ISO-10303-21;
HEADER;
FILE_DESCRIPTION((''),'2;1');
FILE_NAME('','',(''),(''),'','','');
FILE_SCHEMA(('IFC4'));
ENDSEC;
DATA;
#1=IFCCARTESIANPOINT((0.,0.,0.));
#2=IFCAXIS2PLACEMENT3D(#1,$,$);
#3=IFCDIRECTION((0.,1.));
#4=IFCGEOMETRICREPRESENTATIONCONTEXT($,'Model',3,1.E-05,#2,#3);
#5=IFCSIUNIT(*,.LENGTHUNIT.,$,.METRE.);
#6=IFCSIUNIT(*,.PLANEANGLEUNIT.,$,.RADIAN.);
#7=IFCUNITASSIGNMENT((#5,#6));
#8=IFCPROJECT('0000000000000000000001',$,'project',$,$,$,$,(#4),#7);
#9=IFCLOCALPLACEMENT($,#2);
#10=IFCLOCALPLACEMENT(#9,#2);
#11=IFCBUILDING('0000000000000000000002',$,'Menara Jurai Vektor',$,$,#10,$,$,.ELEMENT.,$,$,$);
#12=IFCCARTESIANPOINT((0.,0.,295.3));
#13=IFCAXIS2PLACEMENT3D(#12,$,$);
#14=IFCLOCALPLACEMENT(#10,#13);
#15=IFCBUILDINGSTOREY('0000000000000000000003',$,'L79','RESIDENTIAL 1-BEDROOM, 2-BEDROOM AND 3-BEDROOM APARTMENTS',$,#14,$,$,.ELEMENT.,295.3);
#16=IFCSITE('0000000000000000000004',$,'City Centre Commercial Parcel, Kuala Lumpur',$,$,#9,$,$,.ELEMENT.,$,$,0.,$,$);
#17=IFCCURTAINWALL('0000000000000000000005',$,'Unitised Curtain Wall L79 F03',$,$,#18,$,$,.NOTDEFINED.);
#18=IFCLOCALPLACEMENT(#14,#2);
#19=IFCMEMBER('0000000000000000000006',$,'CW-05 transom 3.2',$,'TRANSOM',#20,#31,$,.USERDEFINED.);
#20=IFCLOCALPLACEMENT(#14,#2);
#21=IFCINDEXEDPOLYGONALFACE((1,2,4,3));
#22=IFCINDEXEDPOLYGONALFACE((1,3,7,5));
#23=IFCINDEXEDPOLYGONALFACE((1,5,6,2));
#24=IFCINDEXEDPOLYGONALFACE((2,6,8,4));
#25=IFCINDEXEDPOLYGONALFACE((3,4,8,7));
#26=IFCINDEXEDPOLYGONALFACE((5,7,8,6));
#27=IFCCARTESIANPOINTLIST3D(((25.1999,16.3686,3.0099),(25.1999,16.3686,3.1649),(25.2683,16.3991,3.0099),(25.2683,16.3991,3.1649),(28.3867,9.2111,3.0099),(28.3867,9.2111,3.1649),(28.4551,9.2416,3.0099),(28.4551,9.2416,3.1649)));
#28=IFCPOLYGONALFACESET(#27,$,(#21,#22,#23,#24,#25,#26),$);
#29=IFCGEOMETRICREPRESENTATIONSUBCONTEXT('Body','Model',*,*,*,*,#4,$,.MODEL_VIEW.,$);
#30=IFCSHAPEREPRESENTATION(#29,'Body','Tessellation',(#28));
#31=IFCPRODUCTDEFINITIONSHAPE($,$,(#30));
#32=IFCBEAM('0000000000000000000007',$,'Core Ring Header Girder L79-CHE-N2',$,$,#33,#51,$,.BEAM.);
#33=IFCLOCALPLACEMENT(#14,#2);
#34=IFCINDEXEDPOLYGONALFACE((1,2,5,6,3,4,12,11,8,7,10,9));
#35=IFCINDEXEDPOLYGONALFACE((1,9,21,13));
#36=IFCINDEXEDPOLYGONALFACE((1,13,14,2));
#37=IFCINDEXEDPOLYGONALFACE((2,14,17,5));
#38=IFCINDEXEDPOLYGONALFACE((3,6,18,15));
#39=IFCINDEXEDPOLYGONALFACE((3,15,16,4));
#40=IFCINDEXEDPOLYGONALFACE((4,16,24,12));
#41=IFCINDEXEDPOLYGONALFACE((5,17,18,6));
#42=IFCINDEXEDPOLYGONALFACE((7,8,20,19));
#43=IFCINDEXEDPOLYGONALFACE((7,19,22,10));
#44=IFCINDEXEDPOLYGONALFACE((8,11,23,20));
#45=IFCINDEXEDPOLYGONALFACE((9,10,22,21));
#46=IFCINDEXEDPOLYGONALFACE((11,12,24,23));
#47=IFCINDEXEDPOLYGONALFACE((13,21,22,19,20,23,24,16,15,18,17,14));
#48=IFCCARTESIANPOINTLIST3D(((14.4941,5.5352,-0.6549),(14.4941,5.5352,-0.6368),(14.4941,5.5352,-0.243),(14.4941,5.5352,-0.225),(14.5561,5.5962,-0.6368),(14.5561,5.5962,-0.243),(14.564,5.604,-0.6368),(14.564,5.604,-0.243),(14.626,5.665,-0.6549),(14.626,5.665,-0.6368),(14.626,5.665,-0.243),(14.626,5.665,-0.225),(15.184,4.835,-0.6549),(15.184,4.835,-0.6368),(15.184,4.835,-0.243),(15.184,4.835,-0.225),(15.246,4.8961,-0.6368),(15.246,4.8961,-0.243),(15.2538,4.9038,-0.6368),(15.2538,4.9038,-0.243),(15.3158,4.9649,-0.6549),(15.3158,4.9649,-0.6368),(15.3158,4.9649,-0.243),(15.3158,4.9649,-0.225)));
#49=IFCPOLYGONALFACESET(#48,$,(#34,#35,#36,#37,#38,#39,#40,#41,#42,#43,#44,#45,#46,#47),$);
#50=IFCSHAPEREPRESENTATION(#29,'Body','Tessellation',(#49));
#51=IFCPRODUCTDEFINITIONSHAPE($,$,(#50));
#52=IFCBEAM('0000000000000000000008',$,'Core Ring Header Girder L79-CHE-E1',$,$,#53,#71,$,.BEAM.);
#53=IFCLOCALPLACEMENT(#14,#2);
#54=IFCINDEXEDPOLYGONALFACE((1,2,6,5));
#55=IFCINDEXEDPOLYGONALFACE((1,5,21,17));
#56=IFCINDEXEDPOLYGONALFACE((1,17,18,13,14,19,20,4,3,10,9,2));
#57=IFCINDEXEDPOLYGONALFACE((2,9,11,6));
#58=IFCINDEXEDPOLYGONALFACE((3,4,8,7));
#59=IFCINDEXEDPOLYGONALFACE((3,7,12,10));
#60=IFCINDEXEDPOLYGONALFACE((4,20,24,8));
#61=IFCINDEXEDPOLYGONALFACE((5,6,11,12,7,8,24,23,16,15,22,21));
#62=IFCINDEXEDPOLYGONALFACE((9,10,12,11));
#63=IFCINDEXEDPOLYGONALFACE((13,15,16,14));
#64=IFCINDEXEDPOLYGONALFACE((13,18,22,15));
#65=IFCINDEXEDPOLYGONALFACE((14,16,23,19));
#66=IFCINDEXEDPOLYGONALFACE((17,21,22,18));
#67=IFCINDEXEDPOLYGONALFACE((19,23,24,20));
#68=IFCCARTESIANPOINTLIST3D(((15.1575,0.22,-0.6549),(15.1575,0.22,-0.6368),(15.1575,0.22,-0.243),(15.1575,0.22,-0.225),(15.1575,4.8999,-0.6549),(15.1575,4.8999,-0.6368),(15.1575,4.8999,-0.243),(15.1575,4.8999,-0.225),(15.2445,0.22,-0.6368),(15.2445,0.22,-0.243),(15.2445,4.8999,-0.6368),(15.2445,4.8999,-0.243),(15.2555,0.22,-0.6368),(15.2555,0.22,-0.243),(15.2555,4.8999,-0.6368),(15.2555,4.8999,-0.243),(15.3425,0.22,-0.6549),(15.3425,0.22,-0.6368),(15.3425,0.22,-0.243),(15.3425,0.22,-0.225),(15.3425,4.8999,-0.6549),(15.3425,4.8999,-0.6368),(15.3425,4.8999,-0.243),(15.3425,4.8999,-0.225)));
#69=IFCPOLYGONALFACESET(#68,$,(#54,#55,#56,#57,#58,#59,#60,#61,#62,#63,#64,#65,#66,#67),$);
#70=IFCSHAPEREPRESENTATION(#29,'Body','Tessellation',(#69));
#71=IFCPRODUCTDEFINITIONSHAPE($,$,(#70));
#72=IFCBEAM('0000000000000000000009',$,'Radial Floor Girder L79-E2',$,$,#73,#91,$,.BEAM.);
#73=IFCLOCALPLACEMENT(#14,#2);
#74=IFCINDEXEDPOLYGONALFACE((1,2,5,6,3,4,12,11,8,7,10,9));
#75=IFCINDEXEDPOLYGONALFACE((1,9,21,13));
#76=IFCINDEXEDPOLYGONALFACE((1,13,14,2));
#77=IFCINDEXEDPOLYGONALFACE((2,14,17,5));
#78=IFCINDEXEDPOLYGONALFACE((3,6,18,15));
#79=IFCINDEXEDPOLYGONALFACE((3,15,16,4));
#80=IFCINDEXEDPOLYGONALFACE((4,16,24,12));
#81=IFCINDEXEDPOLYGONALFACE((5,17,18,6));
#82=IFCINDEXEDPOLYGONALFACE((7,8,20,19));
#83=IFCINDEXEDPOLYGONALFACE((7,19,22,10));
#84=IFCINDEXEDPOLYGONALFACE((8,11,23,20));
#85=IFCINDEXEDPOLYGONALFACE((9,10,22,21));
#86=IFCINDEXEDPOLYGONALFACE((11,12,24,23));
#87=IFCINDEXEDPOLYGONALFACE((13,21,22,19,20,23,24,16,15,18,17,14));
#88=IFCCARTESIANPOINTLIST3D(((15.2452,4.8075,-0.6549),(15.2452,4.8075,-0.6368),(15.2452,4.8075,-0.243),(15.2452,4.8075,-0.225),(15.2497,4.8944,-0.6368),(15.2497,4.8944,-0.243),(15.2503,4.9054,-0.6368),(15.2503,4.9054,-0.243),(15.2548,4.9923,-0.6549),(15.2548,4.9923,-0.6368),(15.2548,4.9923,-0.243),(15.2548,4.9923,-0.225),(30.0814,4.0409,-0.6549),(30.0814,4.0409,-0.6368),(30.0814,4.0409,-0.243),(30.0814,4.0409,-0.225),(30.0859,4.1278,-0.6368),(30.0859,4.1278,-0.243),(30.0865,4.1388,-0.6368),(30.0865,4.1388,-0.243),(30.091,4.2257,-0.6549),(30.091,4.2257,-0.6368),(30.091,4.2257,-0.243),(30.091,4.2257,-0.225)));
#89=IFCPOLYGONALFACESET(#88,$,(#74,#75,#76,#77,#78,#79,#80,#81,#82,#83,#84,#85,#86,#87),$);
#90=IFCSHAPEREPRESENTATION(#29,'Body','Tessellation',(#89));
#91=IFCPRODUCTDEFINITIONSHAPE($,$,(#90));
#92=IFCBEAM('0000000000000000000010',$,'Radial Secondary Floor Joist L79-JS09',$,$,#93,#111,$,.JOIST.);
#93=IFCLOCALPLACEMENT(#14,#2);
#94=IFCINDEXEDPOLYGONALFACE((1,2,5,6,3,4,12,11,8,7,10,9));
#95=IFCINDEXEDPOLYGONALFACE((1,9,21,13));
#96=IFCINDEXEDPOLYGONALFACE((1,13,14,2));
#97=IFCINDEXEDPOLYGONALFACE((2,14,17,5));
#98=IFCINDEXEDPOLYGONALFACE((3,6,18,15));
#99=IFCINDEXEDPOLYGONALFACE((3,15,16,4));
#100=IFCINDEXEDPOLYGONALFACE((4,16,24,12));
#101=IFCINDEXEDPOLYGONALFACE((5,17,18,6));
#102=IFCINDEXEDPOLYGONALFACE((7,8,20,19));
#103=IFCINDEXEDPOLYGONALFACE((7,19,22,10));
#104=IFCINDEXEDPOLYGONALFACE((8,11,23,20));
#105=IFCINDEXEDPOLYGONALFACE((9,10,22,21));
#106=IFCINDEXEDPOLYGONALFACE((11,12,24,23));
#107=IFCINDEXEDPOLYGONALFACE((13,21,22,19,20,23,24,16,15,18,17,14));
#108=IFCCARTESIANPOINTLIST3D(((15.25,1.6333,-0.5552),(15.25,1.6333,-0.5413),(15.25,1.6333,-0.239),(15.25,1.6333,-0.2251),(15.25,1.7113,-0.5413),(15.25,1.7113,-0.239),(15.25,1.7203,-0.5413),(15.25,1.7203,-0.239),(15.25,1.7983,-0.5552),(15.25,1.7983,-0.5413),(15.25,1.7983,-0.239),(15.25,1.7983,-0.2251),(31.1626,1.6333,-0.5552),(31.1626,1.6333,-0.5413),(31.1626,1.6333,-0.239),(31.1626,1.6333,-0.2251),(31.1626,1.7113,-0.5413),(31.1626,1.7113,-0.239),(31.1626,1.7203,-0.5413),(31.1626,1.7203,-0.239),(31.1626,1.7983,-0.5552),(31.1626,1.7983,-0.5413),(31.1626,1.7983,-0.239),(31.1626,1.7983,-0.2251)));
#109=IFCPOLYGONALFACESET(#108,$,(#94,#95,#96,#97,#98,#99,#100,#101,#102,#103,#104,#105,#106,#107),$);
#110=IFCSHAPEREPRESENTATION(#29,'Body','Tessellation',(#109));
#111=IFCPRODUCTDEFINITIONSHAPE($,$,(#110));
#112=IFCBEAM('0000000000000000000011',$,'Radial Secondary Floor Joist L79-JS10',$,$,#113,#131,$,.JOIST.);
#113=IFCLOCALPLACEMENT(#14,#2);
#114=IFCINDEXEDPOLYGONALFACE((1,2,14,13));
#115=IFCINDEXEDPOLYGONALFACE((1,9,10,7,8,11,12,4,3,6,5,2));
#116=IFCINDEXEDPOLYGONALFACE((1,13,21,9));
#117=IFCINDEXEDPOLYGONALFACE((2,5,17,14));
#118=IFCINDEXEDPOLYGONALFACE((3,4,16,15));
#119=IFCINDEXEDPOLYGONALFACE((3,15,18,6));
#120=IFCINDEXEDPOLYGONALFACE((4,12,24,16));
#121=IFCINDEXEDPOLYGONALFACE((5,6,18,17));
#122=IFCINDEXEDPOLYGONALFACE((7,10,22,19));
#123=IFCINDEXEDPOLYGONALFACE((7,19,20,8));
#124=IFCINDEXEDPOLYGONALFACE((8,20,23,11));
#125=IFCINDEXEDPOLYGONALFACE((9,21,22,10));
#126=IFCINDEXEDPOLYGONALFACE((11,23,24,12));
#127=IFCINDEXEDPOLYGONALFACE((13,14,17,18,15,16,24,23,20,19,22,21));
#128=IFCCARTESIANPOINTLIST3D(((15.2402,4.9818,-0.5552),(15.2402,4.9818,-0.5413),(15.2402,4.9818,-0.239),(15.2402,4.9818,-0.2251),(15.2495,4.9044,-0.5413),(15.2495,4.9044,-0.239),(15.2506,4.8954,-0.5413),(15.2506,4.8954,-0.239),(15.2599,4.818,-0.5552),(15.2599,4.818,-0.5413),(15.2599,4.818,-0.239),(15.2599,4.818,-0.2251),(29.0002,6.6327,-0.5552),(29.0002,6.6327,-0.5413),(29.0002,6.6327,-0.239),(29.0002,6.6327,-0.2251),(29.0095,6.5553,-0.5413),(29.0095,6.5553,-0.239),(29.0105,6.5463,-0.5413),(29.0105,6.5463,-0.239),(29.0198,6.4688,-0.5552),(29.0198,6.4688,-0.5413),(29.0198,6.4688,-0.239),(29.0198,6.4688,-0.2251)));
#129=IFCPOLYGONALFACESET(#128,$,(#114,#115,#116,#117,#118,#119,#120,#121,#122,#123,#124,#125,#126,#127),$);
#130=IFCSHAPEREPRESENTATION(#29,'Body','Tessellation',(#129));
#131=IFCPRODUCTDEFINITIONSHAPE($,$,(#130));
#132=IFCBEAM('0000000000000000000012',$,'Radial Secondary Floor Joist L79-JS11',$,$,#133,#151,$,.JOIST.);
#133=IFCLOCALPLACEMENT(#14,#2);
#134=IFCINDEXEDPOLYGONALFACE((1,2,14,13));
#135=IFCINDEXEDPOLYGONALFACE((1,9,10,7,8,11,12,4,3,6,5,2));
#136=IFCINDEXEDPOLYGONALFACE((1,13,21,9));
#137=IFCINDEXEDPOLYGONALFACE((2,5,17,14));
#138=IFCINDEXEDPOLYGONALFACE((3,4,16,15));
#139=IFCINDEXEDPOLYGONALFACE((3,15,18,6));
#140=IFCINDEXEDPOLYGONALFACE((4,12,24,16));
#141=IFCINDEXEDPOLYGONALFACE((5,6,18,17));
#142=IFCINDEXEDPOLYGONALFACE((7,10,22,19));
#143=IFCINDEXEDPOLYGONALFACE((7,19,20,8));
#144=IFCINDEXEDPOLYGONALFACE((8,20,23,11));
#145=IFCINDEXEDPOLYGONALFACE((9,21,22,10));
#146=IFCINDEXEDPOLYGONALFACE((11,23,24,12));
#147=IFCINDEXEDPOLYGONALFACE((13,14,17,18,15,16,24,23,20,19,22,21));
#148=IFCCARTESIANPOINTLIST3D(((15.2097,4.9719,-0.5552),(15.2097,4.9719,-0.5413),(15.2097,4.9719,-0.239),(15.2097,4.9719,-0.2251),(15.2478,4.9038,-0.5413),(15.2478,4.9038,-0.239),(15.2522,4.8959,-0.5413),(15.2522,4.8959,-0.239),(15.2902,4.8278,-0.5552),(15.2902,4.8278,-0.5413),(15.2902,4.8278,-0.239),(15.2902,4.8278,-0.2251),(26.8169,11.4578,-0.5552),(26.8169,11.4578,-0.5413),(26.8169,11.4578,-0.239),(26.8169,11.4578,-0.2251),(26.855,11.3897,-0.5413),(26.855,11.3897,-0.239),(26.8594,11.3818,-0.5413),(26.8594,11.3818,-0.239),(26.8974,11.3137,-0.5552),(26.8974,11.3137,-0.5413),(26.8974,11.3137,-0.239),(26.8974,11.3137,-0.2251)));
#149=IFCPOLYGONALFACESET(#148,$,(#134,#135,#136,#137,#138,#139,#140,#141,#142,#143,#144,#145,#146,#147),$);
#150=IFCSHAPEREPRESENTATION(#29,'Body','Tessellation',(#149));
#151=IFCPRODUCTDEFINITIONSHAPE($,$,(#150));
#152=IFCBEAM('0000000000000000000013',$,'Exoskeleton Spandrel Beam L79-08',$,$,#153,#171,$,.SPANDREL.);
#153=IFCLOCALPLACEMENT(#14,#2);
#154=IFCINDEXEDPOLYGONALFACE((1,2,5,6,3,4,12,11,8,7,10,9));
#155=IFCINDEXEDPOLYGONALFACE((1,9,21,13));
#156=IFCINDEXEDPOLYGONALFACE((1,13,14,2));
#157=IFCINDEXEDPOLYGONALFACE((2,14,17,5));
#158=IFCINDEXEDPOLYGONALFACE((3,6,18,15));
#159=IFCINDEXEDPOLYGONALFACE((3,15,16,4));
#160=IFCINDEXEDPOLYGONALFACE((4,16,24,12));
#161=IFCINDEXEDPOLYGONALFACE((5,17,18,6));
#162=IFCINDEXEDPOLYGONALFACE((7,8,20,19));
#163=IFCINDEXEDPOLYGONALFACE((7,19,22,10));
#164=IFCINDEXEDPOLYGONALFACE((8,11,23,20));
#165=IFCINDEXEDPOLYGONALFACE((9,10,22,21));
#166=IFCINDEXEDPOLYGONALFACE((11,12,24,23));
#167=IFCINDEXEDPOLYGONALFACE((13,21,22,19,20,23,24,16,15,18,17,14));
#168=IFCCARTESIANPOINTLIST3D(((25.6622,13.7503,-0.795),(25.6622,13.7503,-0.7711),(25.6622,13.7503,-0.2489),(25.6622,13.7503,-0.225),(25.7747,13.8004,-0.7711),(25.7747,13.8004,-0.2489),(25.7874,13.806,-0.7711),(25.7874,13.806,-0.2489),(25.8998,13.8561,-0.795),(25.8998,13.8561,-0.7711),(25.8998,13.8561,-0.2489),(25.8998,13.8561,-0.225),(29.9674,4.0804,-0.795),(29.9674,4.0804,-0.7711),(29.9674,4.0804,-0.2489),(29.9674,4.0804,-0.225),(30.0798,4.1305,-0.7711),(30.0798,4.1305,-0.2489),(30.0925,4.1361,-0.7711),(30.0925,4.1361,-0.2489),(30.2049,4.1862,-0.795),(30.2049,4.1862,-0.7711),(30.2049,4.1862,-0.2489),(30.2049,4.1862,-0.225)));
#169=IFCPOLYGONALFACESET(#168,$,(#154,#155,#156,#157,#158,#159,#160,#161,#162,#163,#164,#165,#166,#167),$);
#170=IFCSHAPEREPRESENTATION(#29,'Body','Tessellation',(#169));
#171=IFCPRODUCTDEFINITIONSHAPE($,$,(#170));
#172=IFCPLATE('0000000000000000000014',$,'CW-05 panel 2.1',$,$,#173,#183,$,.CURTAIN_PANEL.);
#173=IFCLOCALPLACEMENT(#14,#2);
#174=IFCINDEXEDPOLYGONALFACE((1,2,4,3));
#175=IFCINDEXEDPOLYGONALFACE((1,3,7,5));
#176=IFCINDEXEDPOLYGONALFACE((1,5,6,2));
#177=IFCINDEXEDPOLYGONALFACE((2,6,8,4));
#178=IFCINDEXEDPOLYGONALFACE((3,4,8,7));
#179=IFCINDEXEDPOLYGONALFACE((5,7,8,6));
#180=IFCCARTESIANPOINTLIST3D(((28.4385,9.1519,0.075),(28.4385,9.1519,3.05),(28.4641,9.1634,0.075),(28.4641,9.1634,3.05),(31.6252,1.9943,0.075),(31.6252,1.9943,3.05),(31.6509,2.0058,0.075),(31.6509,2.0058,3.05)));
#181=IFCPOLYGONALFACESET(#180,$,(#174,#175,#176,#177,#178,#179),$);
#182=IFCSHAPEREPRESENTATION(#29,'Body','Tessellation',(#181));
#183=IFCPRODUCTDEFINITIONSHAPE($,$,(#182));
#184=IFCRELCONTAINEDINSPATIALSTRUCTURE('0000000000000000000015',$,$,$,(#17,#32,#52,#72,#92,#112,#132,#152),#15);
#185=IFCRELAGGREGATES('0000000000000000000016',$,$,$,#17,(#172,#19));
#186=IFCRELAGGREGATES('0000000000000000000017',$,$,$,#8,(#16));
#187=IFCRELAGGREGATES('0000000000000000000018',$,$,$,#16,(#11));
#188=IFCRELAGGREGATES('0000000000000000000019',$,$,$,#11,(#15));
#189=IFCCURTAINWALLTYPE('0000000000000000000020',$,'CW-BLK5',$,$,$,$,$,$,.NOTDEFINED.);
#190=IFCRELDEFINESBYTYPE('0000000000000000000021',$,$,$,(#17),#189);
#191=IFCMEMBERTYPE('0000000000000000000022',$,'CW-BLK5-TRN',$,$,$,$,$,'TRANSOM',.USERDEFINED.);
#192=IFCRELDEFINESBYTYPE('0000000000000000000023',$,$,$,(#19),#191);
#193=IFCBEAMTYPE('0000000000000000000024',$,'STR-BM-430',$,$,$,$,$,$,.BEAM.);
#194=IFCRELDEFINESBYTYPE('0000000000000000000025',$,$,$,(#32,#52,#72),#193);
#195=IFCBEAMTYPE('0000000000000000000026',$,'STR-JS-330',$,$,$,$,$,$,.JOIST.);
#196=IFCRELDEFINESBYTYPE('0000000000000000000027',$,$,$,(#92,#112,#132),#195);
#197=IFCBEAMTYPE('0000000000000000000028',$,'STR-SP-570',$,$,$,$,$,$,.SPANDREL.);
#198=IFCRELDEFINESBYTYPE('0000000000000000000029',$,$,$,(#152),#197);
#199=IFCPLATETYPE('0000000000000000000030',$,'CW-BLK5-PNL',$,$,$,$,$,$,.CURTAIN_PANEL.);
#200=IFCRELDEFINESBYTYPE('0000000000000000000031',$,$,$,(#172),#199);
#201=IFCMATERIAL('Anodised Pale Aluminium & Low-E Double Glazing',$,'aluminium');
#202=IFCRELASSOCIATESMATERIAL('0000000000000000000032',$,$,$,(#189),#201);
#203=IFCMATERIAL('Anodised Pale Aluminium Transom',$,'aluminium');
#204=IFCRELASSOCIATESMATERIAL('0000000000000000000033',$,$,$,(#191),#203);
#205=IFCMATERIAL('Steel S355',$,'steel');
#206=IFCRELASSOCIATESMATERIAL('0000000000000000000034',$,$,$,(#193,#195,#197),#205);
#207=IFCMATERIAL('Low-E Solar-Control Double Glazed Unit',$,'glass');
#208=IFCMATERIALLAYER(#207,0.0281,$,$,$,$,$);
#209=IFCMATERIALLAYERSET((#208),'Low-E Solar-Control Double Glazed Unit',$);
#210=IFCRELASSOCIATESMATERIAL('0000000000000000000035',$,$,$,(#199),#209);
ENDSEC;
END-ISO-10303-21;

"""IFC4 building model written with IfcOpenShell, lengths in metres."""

from ifc_helpers import new_model, si_unit, direction, frame, origin, origin_2d, place, context, subcontext, project, spatial, rectangle, i_section, extrude, material, layer, layer_set, material_profile, profile_set, type_object, element, aggregate, save


model = new_model("IFC4")

# Units and contexts
model_context = context("Model", 3, precision=1e-05, world=origin(), true_north=direction((0.0, 1.0)))
body_context = subcontext(model_context, "Body", "Model", "MODEL_VIEW")
ifc_project = project(units=[si_unit("LENGTHUNIT", "METRE"), si_unit("PLANEANGLEUNIT", "RADIAN")], contexts=[model_context])

# Site, building, storey
site_placement = place(None, origin())
site = spatial("IfcSite", under=ifc_project, at=site_placement, Name="City Centre Commercial Parcel, Kuala Lumpur", CompositionType="ELEMENT", RefElevation=0.0)
building_placement = place(site_placement, origin())
building = spatial("IfcBuilding", under=site, at=building_placement, Name="Menara Jurai Vektor", CompositionType="ELEMENT")
storey_placement = place(building_placement, frame((0.0, 0.0, 295.3)))
storey = spatial("IfcBuildingStorey", under=building, at=storey_placement, Name="L79", Description="RESIDENTIAL 1-BEDROOM, 2-BEDROOM AND 3-BEDROOM APARTMENTS", CompositionType="ELEMENT", Elevation=295.3)

# Curtain wall, member
ifc_material_1 = material(Name="Anodised Pale Aluminium & Low-E Double Glazing", Category="aluminium")
curtain_wall_type = type_object("IfcCurtainWallType", Name="CW-BLK5", PredefinedType="NOTDEFINED", material=ifc_material_1)
curtain_wall_placement = place(storey_placement, origin())
curtain_wall = element("IfcCurtainWall", 1, at=curtain_wall_placement, inside=storey, type_object=curtain_wall_type, Name="Unitised Curtain Wall L79 F03", PredefinedType="NOTDEFINED")
ifc_material_2 = material(Name="Anodised Pale Aluminium Transom", Category="aluminium")
ifc_material_profile_1 = material_profile(ifc_material_2, rectangle(XDim=0.075, YDim=0.155, at=origin_2d()), Name="ALU TRN 75x155")
ifc_profile_set_1 = profile_set([ifc_material_profile_1], Name="Anodised Pale Aluminium Transom")
member_type_1 = type_object("IfcMemberType", Name="CW-BLK5-TRN", ElementType="TRANSOM", PredefinedType="USERDEFINED", material=ifc_profile_set_1)
member_1_placement = place(storey_placement, frame((28.4209, 9.2263, 3.0874), z_axis=(-0.406743, 0.913543, 0.0), x_axis=(-0.913543, -0.406743, 0.0)))
member_1 = element("IfcMember", 2, at=member_1_placement, type_object=member_type_1, Name="CW-05 transom 3.2", ObjectType="TRANSOM", PredefinedType="USERDEFINED", context=body_context, shape_type="SweptSolid", body=[
    extrude(rectangle(XDim=0.075, YDim=0.155, at=origin_2d()), origin(), (0.0, 0.0, 1.0), 7.835),
])

# Beams
ifc_material_3 = material(Name="Steel S355", Category="steel")
ifc_material_profile_2 = material_profile(ifc_material_3, i_section(OverallWidth=0.1851, OverallDepth=0.4299, WebThickness=0.011, FlangeThickness=0.0181, at=origin_2d()), Name="PG 430x185x76")
ifc_profile_set_2 = profile_set([ifc_material_profile_2], Name="Steel S355")
beam_type_1 = type_object("IfcBeamType", Name="STR-BM-430", PredefinedType="BEAM", material=ifc_profile_set_2)
beam_1_placement = place(storey_placement, frame((14.5601, 5.6001, -0.4399), z_axis=(0.701872, -0.712303, 0.0), x_axis=(0.712303, 0.701872, 0.0)))
element("IfcBeam", 3, at=beam_1_placement, inside=storey, type_object=beam_type_1, Name="Core Ring Header Girder L79-CHE-N2", PredefinedType="BEAM", context=body_context, shape_type="SweptSolid", body=[
    extrude(i_section(OverallWidth=0.1851, OverallDepth=0.4299, WebThickness=0.011, FlangeThickness=0.0181, at=origin_2d()), origin(), (0.0, 0.0, 1.0), 0.9829),
])
beam_2_placement = place(storey_placement, frame((15.25, 0.22, -0.4399), z_axis=(0.0, 1.0, 0.0), x_axis=(-1.0, 0.0, 0.0)))
element("IfcBeam", 4, at=beam_2_placement, inside=storey, type_object=beam_type_1, Name="Core Ring Header Girder L79-CHE-E1", PredefinedType="BEAM", context=body_context, shape_type="SweptSolid", body=[
    extrude(i_section(OverallWidth=0.1851, OverallDepth=0.4299, WebThickness=0.011, FlangeThickness=0.0181, at=origin_2d()), origin(), (0.0, 0.0, 1.0), 4.6799),
])
beam_3_placement = place(storey_placement, frame((30.0862, 4.1333, -0.4399), z_axis=(-0.998668, 0.051602, 0.0), x_axis=(-0.051602, -0.998668, 0.0)))
element("IfcBeam", 5, at=beam_3_placement, inside=storey, type_object=beam_type_1, Name="Radial Floor Girder L79-E2", PredefinedType="BEAM", context=body_context, shape_type="SweptSolid", body=[
    extrude(i_section(OverallWidth=0.1851, OverallDepth=0.4299, WebThickness=0.011, FlangeThickness=0.0181, at=origin_2d()), origin(), (0.0, 0.0, 1.0), 14.856),
])
ifc_material_profile_3 = material_profile(ifc_material_3, i_section(OverallWidth=0.165, OverallDepth=0.3301, WebThickness=0.009, FlangeThickness=0.0139, at=origin_2d()), Name="PG 330x165x46")
ifc_profile_set_3 = profile_set([ifc_material_profile_3], Name="Steel S355")
beam_type_2 = type_object("IfcBeamType", Name="STR-JS-330", PredefinedType="JOIST", material=ifc_profile_set_3)
beam_4_placement = place(storey_placement, frame((31.1626, 1.7158, -0.3901), z_axis=(-1.0, 0.0, 0.0), x_axis=(0.0, -1.0, 0.0)))
element("IfcBeam", 6, at=beam_4_placement, inside=storey, type_object=beam_type_2, Name="Radial Secondary Floor Joist L79-JS09", PredefinedType="JOIST", context=body_context, shape_type="SweptSolid", body=[
    extrude(i_section(OverallWidth=0.165, OverallDepth=0.3301, WebThickness=0.009, FlangeThickness=0.0139, at=origin_2d()), origin(), (0.0, 0.0, 1.0), 15.9126),
])
beam_5_placement = place(storey_placement, frame((29.01, 6.5508, -0.3901), z_axis=(-0.99288, -0.119122, 0.0), x_axis=(0.119122, -0.99288, 0.0)))
element("IfcBeam", 7, at=beam_5_placement, inside=storey, type_object=beam_type_2, Name="Radial Secondary Floor Joist L79-JS10", PredefinedType="JOIST", context=body_context, shape_type="SweptSolid", body=[
    extrude(i_section(OverallWidth=0.165, OverallDepth=0.3301, WebThickness=0.009, FlangeThickness=0.0139, at=origin_2d()), origin(), (0.0, 0.0, 1.0), 13.8586),
])
beam_6_placement = place(storey_placement, frame((26.8572, 11.3857, -0.3901), z_axis=(-0.87296, -0.487791, 0.0), x_axis=(0.487791, -0.87296, 0.0)))
element("IfcBeam", 8, at=beam_6_placement, inside=storey, type_object=beam_type_2, Name="Radial Secondary Floor Joist L79-JS11", PredefinedType="JOIST", context=body_context, shape_type="SweptSolid", body=[
    extrude(i_section(OverallWidth=0.165, OverallDepth=0.3301, WebThickness=0.009, FlangeThickness=0.0139, at=origin_2d()), origin(), (0.0, 0.0, 1.0), 13.2964),
])
ifc_material_profile_4 = material_profile(ifc_material_3, i_section(OverallWidth=0.26, OverallDepth=0.5701, WebThickness=0.0139, FlangeThickness=0.0239, at=origin_2d()), Name="PG 570x260x145")
ifc_profile_set_4 = profile_set([ifc_material_profile_4], Name="Steel S355")
beam_type_3 = type_object("IfcBeamType", Name="STR-SP-570", PredefinedType="SPANDREL", material=ifc_profile_set_4)
beam_7_placement = place(storey_placement, frame((30.0862, 4.1333, -0.51), z_axis=(-0.406725, 0.913551, 0.0), x_axis=(-0.913551, -0.406725, 0.0)))
element("IfcBeam", 9, at=beam_7_placement, inside=storey, type_object=beam_type_3, Name="Exoskeleton Spandrel Beam L79-08", PredefinedType="SPANDREL", context=body_context, shape_type="SweptSolid", body=[
    extrude(i_section(OverallWidth=0.26, OverallDepth=0.5701, WebThickness=0.0139, FlangeThickness=0.0239, at=origin_2d()), origin(), (0.0, 0.0, 1.0), 10.585),
])

# Plate
ifc_material_4 = material(Name="Low-E Solar-Control Double Glazed Unit", Category="glass")
ifc_layer_1 = layer(ifc_material_4, 0.0281)
ifc_layer_set_1 = layer_set([ifc_layer_1], Name="Low-E Solar-Control Double Glazed Unit")
plate_type_1 = type_object("IfcPlateType", Name="CW-BLK5-PNL", PredefinedType="CURTAIN_PANEL", material=ifc_layer_set_1)
plate_1_placement = place(storey_placement, frame((30.0447, 5.5789, 0.075), z_axis=(0.0, 0.0, 1.0), x_axis=(-0.406735, 0.913546, 0.0)))
plate_1 = element("IfcPlate", 10, at=plate_1_placement, type_object=plate_type_1, Name="CW-05 panel 2.1", PredefinedType="CURTAIN_PANEL", context=body_context, shape_type="SweptSolid", body=[
    extrude(rectangle(XDim=7.835, YDim=0.0281, at=origin_2d()), origin(), (0.0, 0.0, 1.0), 2.9751),
])
aggregate(curtain_wall, [plate_1, member_1])

save(model, "model.ifc")
